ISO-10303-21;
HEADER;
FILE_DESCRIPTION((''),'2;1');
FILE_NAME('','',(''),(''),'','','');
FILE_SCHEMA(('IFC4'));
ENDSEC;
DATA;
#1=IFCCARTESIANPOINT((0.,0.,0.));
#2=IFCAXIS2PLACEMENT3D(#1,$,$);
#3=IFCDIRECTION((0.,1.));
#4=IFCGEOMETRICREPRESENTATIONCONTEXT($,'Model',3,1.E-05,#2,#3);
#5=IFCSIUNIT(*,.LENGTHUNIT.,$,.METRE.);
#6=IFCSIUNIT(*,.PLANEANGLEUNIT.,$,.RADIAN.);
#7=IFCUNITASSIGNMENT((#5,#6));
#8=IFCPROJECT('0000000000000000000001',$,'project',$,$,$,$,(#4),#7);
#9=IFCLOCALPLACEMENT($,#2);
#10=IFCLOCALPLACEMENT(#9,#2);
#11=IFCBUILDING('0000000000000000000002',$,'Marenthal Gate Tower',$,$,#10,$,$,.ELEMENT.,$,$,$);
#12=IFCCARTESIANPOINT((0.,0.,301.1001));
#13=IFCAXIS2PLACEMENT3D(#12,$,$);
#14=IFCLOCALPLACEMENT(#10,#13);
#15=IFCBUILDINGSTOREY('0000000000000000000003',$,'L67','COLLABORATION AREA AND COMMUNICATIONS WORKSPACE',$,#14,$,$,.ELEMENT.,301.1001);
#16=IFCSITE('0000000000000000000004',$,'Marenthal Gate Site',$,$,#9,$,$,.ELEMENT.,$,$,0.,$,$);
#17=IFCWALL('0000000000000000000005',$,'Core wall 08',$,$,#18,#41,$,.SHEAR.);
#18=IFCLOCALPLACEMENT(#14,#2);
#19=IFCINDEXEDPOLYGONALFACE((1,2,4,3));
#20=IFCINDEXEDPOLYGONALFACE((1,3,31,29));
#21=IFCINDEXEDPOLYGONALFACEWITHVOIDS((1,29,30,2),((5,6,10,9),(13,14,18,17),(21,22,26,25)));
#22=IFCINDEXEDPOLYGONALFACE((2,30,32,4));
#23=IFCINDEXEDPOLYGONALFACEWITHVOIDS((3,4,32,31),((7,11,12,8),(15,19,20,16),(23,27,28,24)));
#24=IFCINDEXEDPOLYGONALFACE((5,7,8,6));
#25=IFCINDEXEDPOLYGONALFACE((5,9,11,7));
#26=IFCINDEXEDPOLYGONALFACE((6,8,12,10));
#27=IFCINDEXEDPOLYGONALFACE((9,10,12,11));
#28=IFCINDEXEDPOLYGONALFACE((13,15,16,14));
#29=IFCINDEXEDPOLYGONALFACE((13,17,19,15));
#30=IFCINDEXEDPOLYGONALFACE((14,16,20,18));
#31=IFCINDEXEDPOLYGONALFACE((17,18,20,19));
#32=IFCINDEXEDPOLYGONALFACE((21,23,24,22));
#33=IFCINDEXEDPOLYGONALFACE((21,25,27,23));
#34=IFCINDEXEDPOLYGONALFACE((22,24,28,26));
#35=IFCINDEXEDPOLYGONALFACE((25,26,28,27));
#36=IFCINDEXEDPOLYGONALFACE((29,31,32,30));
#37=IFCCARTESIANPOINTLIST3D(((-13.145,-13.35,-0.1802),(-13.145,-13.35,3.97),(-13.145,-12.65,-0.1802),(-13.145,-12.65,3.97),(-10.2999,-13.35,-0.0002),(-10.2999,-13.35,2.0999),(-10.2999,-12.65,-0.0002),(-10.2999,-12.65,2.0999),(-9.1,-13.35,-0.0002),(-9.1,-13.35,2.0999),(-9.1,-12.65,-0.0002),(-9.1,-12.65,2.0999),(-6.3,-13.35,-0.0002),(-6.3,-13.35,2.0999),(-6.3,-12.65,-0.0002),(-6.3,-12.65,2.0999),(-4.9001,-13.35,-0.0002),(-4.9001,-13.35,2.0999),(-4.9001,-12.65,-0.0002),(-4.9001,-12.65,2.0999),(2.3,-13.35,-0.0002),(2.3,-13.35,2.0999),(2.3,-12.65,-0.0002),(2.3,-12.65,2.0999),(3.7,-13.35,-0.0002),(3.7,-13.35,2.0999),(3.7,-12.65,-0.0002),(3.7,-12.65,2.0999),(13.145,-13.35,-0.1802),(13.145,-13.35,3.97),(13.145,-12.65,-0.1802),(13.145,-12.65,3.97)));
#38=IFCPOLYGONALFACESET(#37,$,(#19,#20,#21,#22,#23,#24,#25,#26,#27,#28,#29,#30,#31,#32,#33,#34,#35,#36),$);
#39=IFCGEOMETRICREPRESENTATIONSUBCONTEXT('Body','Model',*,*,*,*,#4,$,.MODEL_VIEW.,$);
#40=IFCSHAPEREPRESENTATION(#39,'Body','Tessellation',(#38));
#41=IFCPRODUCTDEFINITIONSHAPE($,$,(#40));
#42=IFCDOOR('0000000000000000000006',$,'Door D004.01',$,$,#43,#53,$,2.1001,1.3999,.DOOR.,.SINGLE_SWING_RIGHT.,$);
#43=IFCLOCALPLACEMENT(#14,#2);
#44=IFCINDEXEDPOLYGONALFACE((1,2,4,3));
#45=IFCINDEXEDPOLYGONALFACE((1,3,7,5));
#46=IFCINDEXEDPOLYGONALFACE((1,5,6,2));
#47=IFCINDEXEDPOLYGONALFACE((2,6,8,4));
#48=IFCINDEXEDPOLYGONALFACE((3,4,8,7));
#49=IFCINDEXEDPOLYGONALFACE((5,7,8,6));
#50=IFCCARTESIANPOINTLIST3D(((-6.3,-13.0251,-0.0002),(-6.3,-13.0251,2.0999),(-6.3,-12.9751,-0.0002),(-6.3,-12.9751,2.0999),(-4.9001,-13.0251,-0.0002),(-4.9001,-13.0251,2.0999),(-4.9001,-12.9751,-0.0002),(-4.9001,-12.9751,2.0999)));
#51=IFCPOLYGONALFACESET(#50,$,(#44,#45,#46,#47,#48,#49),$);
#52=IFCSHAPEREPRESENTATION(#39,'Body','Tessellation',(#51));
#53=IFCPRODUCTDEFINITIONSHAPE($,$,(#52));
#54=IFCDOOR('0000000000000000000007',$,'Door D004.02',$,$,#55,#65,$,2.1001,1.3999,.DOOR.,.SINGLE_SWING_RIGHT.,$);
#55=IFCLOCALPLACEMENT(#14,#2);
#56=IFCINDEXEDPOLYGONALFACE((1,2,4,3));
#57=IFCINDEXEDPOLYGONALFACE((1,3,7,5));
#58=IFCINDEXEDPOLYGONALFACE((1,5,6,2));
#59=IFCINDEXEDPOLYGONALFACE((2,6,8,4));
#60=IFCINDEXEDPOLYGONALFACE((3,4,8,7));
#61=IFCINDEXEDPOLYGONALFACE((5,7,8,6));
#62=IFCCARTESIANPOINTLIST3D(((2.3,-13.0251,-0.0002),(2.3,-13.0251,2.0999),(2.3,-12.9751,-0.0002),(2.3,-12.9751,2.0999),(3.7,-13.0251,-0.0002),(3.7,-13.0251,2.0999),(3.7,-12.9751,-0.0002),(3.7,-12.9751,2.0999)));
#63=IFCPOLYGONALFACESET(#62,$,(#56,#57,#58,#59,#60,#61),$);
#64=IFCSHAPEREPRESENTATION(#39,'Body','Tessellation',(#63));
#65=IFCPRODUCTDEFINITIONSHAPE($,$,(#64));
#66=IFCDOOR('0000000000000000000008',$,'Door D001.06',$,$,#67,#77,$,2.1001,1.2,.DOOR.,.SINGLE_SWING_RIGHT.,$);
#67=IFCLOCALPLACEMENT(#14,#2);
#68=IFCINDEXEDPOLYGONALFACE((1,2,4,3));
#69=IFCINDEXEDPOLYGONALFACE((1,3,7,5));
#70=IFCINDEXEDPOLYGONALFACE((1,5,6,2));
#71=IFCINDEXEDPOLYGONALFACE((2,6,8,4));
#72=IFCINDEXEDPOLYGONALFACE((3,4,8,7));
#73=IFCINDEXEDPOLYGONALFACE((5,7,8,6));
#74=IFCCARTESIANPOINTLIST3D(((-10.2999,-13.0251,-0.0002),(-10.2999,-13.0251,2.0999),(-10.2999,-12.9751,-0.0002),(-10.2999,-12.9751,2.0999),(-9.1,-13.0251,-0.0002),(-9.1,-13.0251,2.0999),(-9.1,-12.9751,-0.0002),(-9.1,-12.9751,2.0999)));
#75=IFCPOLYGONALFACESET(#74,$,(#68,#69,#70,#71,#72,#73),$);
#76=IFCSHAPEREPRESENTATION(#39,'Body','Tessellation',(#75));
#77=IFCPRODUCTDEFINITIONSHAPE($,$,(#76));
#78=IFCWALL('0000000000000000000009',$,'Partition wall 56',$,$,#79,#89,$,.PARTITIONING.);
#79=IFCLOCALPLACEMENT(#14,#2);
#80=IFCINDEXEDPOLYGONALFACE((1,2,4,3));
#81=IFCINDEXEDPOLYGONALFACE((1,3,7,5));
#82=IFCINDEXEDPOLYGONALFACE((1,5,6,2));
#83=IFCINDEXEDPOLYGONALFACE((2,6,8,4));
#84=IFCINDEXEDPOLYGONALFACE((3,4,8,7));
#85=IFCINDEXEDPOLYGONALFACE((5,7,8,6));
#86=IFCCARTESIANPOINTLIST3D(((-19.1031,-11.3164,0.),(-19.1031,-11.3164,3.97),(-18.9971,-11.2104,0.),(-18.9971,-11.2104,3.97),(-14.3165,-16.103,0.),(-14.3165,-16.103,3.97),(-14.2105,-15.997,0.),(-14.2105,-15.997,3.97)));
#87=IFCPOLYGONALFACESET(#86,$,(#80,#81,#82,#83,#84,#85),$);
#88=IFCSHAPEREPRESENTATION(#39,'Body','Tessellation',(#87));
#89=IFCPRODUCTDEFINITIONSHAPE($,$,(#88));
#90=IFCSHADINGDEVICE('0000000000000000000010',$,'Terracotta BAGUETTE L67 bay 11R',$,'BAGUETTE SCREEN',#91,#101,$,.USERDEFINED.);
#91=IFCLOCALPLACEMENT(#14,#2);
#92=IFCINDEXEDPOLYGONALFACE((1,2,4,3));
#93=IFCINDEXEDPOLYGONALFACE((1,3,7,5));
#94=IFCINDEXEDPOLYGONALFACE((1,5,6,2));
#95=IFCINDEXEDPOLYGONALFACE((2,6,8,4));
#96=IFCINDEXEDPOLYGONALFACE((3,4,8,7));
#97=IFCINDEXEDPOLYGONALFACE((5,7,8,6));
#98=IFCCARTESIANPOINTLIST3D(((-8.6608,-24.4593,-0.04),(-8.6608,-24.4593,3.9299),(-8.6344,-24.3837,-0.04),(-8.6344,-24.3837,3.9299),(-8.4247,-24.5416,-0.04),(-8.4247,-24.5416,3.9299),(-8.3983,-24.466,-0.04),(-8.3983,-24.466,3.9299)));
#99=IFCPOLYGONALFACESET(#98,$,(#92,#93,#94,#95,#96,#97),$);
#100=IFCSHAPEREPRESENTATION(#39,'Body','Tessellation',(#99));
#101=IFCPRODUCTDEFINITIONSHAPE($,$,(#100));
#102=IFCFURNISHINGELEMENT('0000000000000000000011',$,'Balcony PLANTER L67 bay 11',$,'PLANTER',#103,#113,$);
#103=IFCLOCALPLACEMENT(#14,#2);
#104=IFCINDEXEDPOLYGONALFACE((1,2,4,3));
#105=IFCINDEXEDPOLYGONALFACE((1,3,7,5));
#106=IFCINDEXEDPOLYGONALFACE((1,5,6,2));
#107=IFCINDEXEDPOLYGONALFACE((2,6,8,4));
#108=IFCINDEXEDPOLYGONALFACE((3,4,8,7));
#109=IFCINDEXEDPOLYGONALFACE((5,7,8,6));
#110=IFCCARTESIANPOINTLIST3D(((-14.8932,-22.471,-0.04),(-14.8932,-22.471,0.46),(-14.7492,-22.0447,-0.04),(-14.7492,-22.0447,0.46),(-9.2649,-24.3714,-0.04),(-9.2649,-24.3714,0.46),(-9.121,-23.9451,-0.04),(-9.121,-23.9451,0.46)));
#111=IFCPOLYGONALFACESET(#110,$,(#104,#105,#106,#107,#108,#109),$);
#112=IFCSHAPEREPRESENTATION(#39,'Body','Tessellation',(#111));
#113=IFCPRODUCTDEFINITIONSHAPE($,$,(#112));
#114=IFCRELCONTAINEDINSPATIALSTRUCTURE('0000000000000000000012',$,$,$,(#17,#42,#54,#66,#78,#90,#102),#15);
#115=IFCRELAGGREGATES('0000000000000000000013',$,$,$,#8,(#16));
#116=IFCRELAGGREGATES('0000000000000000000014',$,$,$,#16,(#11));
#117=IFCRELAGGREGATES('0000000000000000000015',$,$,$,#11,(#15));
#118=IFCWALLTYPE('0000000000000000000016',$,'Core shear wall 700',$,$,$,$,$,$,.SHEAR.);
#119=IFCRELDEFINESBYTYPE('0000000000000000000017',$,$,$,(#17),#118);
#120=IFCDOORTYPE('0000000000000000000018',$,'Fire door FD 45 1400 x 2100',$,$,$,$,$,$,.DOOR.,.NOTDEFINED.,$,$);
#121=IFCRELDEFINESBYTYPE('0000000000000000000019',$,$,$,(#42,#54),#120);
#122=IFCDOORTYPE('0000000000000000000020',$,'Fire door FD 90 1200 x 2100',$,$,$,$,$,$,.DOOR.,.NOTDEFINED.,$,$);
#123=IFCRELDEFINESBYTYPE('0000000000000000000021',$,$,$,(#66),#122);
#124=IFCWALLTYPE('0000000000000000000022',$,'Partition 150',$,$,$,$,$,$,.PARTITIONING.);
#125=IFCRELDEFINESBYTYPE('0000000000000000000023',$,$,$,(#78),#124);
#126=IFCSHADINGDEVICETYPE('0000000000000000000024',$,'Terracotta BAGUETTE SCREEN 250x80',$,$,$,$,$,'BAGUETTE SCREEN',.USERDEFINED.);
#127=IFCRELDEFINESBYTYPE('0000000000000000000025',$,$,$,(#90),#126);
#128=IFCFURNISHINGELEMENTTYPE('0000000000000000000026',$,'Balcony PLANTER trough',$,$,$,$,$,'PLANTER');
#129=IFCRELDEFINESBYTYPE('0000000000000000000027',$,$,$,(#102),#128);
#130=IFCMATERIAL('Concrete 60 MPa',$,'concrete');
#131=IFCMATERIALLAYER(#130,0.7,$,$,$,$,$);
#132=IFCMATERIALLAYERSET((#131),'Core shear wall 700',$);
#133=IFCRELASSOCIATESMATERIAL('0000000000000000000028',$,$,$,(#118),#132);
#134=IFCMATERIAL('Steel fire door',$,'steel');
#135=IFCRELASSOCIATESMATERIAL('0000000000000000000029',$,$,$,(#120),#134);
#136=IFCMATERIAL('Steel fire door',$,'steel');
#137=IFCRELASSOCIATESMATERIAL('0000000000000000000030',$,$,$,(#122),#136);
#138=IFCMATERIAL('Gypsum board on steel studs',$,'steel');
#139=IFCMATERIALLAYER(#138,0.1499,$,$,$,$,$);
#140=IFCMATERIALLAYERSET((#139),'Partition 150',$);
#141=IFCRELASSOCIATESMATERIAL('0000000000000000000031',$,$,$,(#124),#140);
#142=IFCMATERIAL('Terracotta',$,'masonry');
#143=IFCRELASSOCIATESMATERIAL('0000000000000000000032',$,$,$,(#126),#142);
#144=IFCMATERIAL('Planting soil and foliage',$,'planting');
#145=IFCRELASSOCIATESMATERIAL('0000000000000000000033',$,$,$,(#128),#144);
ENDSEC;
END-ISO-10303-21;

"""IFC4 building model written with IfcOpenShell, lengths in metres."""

from ifc_helpers import new_model, si_unit, direction, frame, frame_2d, origin, origin_2d, place, context, subcontext, project, spatial, rectangle, extrude, material, layer, layer_set, material_profile, profile_set, type_object, element, fill, save


model = new_model("IFC4")

# Units and contexts
model_context = context("Model", 3, precision=1e-05, world=origin(), true_north=direction((0.0, 1.0)))
body_context = subcontext(model_context, "Body", "Model", "MODEL_VIEW")
ifc_project = project(units=[si_unit("LENGTHUNIT", "METRE"), si_unit("PLANEANGLEUNIT", "RADIAN")], contexts=[model_context])

# Site, building, storey
site_placement = place(None, origin())
site = spatial("IfcSite", under=ifc_project, at=site_placement, Name="Marenthal Gate Site", CompositionType="ELEMENT", RefElevation=0.0)
building_placement = place(site_placement, origin())
building = spatial("IfcBuilding", under=site, at=building_placement, Name="Marenthal Gate Tower", CompositionType="ELEMENT")
storey_placement = place(building_placement, frame((0.0, 0.0, 301.1001)))
storey = spatial("IfcBuildingStorey", under=building, at=storey_placement, Name="L67", Description="COLLABORATION AREA AND COMMUNICATIONS WORKSPACE", CompositionType="ELEMENT", Elevation=301.1001)

# Wall, openings, doors
ifc_material_1 = material(Name="Concrete 60 MPa", Category="concrete")
ifc_layer_1 = layer(ifc_material_1, 0.7)
ifc_layer_set_1 = layer_set([ifc_layer_1], Name="Core shear wall 700")
wall_type_1 = type_object("IfcWallType", Name="Core shear wall 700", PredefinedType="SHEAR", material=ifc_layer_set_1)
wall_1_placement = place(storey_placement, frame((-13.145, -13.0, -0.1802), z_axis=(0.0, 0.0, 1.0), x_axis=(1.0, 0.0, 0.0)))
wall_1 = element("IfcWall", 1, at=wall_1_placement, inside=storey, type_object=wall_type_1, Name="Core wall 08", PredefinedType="SHEAR", context=body_context, shape_type="SweptSolid", body=[
    extrude(rectangle(XDim=26.29, YDim=0.7, at=frame_2d((13.145, 0.0))), origin(), (0.0, 0.0, 1.0), 4.1501),
])
opening_1_placement = place(wall_1_placement, frame((2.845, 0.0, 0.1799)))
opening_1 = element("IfcOpeningElement", 2, at=opening_1_placement, cuts=wall_1, PredefinedType="OPENING", context=body_context, shape_type="SweptSolid", body=[
    extrude(rectangle(XDim=1.2, YDim=2.1001, at=frame_2d((0.6001, 1.05))), frame((0.0, 0.3599, 0.0), z_axis=(0.0, -1.0, 0.0), x_axis=(1.0, 0.0, 0.0)), (0.0, 0.0, 1.0), 0.72),
])
opening_2_placement = place(wall_1_placement, frame((6.845, 0.0, 0.1799)))
opening_2 = element("IfcOpeningElement", 3, at=opening_2_placement, cuts=wall_1, PredefinedType="OPENING", context=body_context, shape_type="SweptSolid", body=[
    extrude(rectangle(XDim=1.3999, YDim=2.1001, at=frame_2d((0.7, 1.05))), frame((0.0, 0.3599, 0.0), z_axis=(0.0, -1.0, 0.0), x_axis=(1.0, 0.0, 0.0)), (0.0, 0.0, 1.0), 0.72),
])
opening_3_placement = place(wall_1_placement, frame((15.4451, 0.0, 0.1799)))
opening_3 = element("IfcOpeningElement", 4, at=opening_3_placement, cuts=wall_1, PredefinedType="OPENING", context=body_context, shape_type="SweptSolid", body=[
    extrude(rectangle(XDim=1.3999, YDim=2.1001, at=frame_2d((0.7, 1.05))), frame((0.0, 0.3599, 0.0), z_axis=(0.0, -1.0, 0.0), x_axis=(1.0, 0.0, 0.0)), (0.0, 0.0, 1.0), 0.72),
])
ifc_material_2 = material(Name="Steel fire door", Category="steel")
door_type_1 = type_object("IfcDoorType", Name="Fire door FD 45 1400 x 2100", OperationType="NOTDEFINED", PredefinedType="DOOR", material=ifc_material_2)
door_1_placement = place(opening_2_placement, origin())
door_1 = element("IfcDoor", 5, at=door_1_placement, inside=storey, type_object=door_type_1, Name="Door D004.01", OperationType="SINGLE_SWING_RIGHT", OverallHeight=2.1001, OverallWidth=1.3999, PredefinedType="DOOR", context=body_context, shape_type="SweptSolid", body=[
    extrude(rectangle(XDim=1.3999, YDim=2.1001, at=frame_2d((0.7, 1.05))), frame((0.0, 0.0249, 0.0), z_axis=(0.0, -1.0, 0.0), x_axis=(1.0, 0.0, 0.0)), (0.0, 0.0, 1.0), 0.05),
])
fill(opening_2, door_1)
door_2_placement = place(opening_3_placement, origin())
door_2 = element("IfcDoor", 6, at=door_2_placement, inside=storey, type_object=door_type_1, Name="Door D004.02", OperationType="SINGLE_SWING_RIGHT", OverallHeight=2.1001, OverallWidth=1.3999, PredefinedType="DOOR", context=body_context, shape_type="SweptSolid", body=[
    extrude(rectangle(XDim=1.3999, YDim=2.1001, at=frame_2d((0.7, 1.05))), frame((0.0, 0.0249, 0.0), z_axis=(0.0, -1.0, 0.0), x_axis=(1.0, 0.0, 0.0)), (0.0, 0.0, 1.0), 0.05),
])
fill(opening_3, door_2)
ifc_material_3 = material(Name="Steel fire door", Category="steel")
door_type_2 = type_object("IfcDoorType", Name="Fire door FD 90 1200 x 2100", OperationType="NOTDEFINED", PredefinedType="DOOR", material=ifc_material_3)
door_3_placement = place(opening_1_placement, origin())
door_3 = element("IfcDoor", 7, at=door_3_placement, inside=storey, type_object=door_type_2, Name="Door D001.06", OperationType="SINGLE_SWING_RIGHT", OverallHeight=2.1001, OverallWidth=1.2, PredefinedType="DOOR", context=body_context, shape_type="SweptSolid", body=[
    extrude(rectangle(XDim=1.2, YDim=2.1001, at=frame_2d((0.6001, 1.05))), frame((0.0, 0.0249, 0.0), z_axis=(0.0, -1.0, 0.0), x_axis=(1.0, 0.0, 0.0)), (0.0, 0.0, 1.0), 0.05),
])
fill(opening_1, door_3)

# Wall
ifc_material_4 = material(Name="Gypsum board on steel studs", Category="steel")
ifc_layer_2 = layer(ifc_material_4, 0.1499)
ifc_layer_set_2 = layer_set([ifc_layer_2], Name="Partition 150")
wall_type_2 = type_object("IfcWallType", Name="Partition 150", PredefinedType="PARTITIONING", material=ifc_layer_set_2)
wall_2_placement = place(storey_placement, frame((-14.2634, -16.05, 0.0), z_axis=(0.0, 0.0, 1.0), x_axis=(-0.707107, 0.707107, 0.0)))
element("IfcWall", 8, at=wall_2_placement, inside=storey, type_object=wall_type_2, Name="Partition wall 56", PredefinedType="PARTITIONING", context=body_context, shape_type="SweptSolid", body=[
    extrude(rectangle(XDim=6.7693, YDim=0.1499, at=frame_2d((3.3848, 0.0))), origin(), (0.0, 0.0, 1.0), 3.97),
])

# Shading device
ifc_material_5 = material(Name="Terracotta", Category="masonry")
ifc_material_profile_1 = material_profile(ifc_material_5, rectangle(XDim=0.25, YDim=0.0801, at=origin_2d()), Name="Terracotta baguette 250x80")
ifc_profile_set_1 = profile_set([ifc_material_profile_1], Name="Terracotta")
shading_device_type = type_object("IfcShadingDeviceType", Name="Terracotta BAGUETTE SCREEN 250x80", ElementType="BAGUETTE SCREEN", PredefinedType="USERDEFINED", material=ifc_profile_set_1)
shading_device_placement = place(storey_placement, frame((-8.5295, -24.4626, -0.04), z_axis=(0.0, 0.0, 1.0), x_axis=(0.94428, -0.329144, 0.0)))
element("IfcShadingDevice", 9, at=shading_device_placement, inside=storey, type_object=shading_device_type, Name="Terracotta BAGUETTE L67 bay 11R", ObjectType="BAGUETTE SCREEN", PredefinedType="USERDEFINED", context=body_context, shape_type="SweptSolid", body=[
    extrude(rectangle(XDim=0.25, YDim=0.0801, at=origin_2d()), origin(), (0.0, 0.0, 1.0), 3.97),
])

# Furnishing element
ifc_material_6 = material(Name="Planting soil and foliage", Category="planting")
furnishing_element_type = type_object("IfcFurnishingElementType", Name="Balcony PLANTER trough", ElementType="PLANTER", material=ifc_material_6)
furnishing_placement = place(storey_placement, frame((-12.0071, -23.208, -0.04), z_axis=(0.0, 0.0, 1.0), x_axis=(0.947448, -0.31991, 0.0)))
element("IfcFurnishingElement", 10, at=furnishing_placement, inside=storey, type_object=furnishing_element_type, Name="Balcony PLANTER L67 bay 11", ObjectType="PLANTER", context=body_context, shape_type="SweptSolid", body=[
    extrude(rectangle(XDim=5.9404, YDim=0.45, at=origin_2d()), origin(), (0.0, 0.0, 1.0), 0.5),
])

save(model, "model.ifc")
